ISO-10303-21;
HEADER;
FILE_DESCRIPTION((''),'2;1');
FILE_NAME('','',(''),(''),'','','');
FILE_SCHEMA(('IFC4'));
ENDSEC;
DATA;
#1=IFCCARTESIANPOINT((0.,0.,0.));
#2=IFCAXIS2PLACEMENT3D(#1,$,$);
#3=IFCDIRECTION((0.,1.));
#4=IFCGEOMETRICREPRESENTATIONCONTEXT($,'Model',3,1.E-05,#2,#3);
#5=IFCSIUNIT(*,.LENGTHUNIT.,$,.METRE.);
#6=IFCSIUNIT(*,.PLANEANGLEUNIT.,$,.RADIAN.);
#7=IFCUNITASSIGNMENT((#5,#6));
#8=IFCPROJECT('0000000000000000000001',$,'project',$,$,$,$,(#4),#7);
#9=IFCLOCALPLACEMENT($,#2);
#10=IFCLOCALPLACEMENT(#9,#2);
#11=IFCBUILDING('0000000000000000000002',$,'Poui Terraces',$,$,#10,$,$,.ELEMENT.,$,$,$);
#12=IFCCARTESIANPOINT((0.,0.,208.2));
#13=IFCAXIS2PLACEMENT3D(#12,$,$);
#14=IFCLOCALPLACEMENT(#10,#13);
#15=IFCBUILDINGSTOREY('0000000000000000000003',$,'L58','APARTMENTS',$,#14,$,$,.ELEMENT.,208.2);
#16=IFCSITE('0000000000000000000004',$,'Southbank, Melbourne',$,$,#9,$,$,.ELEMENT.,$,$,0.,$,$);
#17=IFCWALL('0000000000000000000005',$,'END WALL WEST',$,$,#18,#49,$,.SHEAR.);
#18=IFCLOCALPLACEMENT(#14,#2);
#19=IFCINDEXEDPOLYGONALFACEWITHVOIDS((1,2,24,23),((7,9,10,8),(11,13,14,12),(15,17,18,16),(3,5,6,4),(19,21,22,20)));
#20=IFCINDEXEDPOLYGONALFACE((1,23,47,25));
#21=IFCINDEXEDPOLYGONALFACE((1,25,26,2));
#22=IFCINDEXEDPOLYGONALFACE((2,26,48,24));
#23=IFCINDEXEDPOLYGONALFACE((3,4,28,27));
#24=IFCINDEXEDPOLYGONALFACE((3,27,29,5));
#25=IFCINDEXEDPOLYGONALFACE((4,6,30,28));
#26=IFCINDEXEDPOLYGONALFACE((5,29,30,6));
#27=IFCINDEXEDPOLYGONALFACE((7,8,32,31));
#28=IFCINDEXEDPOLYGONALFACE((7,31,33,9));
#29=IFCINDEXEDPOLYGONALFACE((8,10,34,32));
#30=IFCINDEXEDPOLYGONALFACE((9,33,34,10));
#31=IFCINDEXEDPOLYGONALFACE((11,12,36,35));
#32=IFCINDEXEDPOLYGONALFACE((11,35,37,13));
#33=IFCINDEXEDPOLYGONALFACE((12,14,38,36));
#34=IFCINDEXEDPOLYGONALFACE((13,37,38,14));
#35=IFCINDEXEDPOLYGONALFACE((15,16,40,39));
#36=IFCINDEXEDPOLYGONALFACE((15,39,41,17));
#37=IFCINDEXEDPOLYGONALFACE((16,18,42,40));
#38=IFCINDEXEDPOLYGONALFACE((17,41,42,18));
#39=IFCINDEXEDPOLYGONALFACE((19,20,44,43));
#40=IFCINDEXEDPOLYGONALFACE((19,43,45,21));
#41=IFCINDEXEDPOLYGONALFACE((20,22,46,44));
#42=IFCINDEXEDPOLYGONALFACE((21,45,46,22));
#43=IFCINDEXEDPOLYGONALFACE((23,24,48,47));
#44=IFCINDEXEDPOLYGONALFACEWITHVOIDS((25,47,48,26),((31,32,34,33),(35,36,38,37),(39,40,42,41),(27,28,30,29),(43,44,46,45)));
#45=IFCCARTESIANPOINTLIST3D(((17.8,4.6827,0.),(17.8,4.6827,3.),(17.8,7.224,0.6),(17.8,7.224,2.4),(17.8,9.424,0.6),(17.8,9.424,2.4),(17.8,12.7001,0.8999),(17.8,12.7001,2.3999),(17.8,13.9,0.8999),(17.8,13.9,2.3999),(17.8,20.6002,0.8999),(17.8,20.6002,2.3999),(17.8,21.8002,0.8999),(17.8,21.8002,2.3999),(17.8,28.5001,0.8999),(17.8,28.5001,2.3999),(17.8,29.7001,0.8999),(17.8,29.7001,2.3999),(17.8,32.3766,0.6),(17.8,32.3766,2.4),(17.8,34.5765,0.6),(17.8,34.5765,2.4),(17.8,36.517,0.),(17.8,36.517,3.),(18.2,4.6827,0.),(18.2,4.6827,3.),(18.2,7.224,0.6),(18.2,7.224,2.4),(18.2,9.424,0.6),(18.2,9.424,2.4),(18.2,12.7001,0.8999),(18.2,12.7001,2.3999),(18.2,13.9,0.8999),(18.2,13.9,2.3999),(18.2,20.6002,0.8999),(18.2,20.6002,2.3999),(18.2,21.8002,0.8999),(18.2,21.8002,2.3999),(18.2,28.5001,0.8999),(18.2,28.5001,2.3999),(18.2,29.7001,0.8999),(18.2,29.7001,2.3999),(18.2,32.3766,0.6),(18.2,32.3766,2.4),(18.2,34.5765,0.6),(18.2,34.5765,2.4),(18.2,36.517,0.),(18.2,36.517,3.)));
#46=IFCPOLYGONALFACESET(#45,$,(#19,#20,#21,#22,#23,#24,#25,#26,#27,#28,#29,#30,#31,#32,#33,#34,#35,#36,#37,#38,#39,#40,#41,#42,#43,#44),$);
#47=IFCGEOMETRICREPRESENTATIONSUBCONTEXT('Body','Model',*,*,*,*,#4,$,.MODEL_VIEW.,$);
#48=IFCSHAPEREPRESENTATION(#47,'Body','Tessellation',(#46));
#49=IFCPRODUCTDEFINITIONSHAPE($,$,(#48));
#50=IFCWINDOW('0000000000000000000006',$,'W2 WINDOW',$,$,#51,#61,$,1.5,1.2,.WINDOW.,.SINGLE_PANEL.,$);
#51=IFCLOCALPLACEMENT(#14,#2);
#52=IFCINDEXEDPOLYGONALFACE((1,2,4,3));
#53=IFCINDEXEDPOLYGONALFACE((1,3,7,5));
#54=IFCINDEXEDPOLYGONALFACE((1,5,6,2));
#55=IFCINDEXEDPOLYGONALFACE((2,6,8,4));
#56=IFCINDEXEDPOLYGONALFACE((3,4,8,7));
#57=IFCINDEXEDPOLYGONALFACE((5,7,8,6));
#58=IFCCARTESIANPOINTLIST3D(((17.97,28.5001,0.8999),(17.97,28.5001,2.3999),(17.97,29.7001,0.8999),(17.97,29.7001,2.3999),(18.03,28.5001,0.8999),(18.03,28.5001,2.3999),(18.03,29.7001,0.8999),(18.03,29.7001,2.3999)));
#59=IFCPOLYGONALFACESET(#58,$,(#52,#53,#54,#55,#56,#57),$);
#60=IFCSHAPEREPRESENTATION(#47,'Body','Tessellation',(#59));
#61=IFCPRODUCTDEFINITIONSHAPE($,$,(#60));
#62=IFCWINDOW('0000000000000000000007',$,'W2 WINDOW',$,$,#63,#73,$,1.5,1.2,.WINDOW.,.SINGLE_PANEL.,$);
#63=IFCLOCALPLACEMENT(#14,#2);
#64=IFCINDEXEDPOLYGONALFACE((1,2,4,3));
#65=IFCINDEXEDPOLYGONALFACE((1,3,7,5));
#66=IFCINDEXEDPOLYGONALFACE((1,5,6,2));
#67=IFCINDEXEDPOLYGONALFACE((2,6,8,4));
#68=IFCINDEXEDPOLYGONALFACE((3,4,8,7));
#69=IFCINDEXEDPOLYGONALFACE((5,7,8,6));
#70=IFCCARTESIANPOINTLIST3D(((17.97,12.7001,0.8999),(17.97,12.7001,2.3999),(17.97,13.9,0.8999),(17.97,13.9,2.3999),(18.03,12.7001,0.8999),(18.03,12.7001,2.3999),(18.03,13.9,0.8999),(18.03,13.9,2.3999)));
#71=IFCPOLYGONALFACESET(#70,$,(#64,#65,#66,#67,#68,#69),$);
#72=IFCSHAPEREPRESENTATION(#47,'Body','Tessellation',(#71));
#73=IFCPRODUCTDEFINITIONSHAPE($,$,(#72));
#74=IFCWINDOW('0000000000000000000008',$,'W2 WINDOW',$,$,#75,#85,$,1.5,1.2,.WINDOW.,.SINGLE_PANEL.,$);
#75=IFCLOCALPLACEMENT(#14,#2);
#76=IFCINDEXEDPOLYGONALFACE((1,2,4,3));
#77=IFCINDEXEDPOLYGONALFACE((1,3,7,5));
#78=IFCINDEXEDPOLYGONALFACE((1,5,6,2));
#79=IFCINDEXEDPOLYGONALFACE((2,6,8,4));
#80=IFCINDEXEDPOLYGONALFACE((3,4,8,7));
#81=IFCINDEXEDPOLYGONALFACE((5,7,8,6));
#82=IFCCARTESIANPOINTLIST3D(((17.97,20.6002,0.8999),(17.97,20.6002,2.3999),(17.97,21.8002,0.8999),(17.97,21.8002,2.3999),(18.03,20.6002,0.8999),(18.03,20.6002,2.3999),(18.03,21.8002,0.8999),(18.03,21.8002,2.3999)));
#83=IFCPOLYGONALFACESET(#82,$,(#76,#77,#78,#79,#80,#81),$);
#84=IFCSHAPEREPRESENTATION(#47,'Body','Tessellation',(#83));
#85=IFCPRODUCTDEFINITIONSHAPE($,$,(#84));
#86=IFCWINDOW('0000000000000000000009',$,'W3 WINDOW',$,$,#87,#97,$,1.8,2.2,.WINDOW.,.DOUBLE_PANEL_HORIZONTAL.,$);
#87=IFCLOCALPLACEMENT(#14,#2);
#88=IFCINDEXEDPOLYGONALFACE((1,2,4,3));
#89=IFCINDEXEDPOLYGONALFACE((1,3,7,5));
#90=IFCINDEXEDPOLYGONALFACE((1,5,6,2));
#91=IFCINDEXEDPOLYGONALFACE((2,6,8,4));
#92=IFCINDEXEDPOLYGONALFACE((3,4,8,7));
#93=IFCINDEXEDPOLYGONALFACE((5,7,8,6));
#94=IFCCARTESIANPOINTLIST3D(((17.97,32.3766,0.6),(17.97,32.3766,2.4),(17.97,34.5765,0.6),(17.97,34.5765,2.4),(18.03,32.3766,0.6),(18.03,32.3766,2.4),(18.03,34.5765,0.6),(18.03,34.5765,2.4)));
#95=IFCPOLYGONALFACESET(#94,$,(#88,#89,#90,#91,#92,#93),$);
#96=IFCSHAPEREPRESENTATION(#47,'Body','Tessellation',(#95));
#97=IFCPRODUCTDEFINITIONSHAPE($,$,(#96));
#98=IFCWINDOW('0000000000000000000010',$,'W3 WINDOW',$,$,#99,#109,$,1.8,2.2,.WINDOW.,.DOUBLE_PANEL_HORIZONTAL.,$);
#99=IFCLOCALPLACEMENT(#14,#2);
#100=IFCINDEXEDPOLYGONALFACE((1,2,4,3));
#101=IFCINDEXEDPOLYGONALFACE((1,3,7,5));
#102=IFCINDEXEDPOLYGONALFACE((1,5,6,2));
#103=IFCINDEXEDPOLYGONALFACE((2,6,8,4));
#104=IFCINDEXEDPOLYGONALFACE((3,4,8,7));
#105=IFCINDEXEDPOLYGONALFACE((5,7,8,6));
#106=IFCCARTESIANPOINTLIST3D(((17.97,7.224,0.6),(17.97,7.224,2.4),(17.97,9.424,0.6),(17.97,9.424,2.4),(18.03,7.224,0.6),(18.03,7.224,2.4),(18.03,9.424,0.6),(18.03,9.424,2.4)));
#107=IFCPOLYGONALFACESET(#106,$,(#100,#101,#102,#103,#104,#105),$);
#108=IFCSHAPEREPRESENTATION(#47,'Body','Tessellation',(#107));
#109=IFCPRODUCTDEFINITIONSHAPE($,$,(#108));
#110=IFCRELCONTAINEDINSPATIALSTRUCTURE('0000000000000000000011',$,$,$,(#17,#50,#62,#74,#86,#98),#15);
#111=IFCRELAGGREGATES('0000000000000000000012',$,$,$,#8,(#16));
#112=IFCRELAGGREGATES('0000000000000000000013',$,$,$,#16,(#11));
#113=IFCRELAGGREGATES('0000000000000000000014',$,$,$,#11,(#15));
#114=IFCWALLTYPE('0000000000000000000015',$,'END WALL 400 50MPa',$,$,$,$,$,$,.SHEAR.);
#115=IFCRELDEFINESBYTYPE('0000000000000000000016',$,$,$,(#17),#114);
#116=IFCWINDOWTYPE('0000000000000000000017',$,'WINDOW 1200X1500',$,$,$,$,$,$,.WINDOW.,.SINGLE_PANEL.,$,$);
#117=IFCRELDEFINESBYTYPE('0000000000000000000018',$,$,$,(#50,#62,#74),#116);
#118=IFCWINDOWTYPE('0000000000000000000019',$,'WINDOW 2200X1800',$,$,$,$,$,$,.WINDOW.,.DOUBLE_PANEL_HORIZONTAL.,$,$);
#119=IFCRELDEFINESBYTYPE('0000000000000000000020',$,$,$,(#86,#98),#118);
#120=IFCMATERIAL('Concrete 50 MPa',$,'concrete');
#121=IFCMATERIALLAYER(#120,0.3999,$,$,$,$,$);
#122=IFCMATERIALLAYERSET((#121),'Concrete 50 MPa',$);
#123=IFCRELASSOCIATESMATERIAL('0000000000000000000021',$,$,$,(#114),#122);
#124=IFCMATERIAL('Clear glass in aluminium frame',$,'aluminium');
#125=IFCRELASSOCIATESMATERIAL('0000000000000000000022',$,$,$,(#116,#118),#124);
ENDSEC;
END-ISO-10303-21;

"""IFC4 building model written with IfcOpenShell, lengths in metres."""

from ifc_helpers import new_model, si_unit, direction, frame, frame_2d, origin, place, context, subcontext, project, spatial, rectangle, extrude, material, layer, layer_set, type_object, element, fill, save


model = new_model("IFC4")

# Units and contexts
model_context = context("Model", 3, precision=1e-05, world=origin(), true_north=direction((0.0, 1.0)))
body_context = subcontext(model_context, "Body", "Model", "MODEL_VIEW")
ifc_project = project(units=[si_unit("LENGTHUNIT", "METRE"), si_unit("PLANEANGLEUNIT", "RADIAN")], contexts=[model_context])

# Site, building, storey
site_placement = place(None, origin())
site = spatial("IfcSite", under=ifc_project, at=site_placement, Name="Southbank, Melbourne", CompositionType="ELEMENT", RefElevation=0.0)
building_placement = place(site_placement, origin())
building = spatial("IfcBuilding", under=site, at=building_placement, Name="Poui Terraces", CompositionType="ELEMENT")
storey_placement = place(building_placement, frame((0.0, 0.0, 208.2)))
storey = spatial("IfcBuildingStorey", under=building, at=storey_placement, Name="L58", Description="APARTMENTS", CompositionType="ELEMENT", Elevation=208.2)

# Shared definitions
ifc_material_1 = material(Name="Concrete 50 MPa", Category="concrete")

# Wall, openings, windows
ifc_layer_1 = layer(ifc_material_1, 0.3999)
ifc_layer_set_1 = layer_set([ifc_layer_1], Name="Concrete 50 MPa")
wall_type_1 = type_object("IfcWallType", Name="END WALL 400 50MPa", PredefinedType="SHEAR", material=ifc_layer_set_1)
wall_1_placement = place(storey_placement, frame((18.0, 4.6829, 0.0), z_axis=(0.0, 0.0, 1.0), x_axis=(0.0, 1.0, 0.0)))
wall_1 = element("IfcWall", 1, at=wall_1_placement, inside=storey, type_object=wall_type_1, Name="END WALL WEST", PredefinedType="SHEAR", context=body_context, shape_type="SweptSolid", body=[
    extrude(rectangle(XDim=31.8342, YDim=0.3999, at=frame_2d((15.917, 0.0))), origin(), (0.0, 0.0, 1.0), 3.0),
])
opening_1_placement = place(wall_1_placement, frame((23.8171, 0.0, 0.8999)))
opening_1 = element("IfcOpeningElement", 2, at=opening_1_placement, cuts=wall_1, PredefinedType="OPENING", context=body_context, shape_type="SweptSolid", body=[
    extrude(rectangle(XDim=1.2, YDim=1.5, at=frame_2d((0.6001, 0.75))), frame((0.0, 0.21, 0.0), z_axis=(0.0, -1.0, 0.0), x_axis=(1.0, 0.0, 0.0)), (0.0, 0.0, 1.0), 0.4199),
])
opening_2_placement = place(wall_1_placement, frame((8.0171, 0.0, 0.8999)))
opening_2 = element("IfcOpeningElement", 3, at=opening_2_placement, cuts=wall_1, PredefinedType="OPENING", context=body_context, shape_type="SweptSolid", body=[
    extrude(rectangle(XDim=1.2, YDim=1.5, at=frame_2d((0.6001, 0.75))), frame((0.0, 0.21, 0.0), z_axis=(0.0, -1.0, 0.0), x_axis=(1.0, 0.0, 0.0)), (0.0, 0.0, 1.0), 0.4199),
])
opening_3_placement = place(wall_1_placement, frame((27.6936, 0.0, 0.6001)))
opening_3 = element("IfcOpeningElement", 4, at=opening_3_placement, cuts=wall_1, PredefinedType="OPENING", context=body_context, shape_type="SweptSolid", body=[
    extrude(rectangle(XDim=2.2, YDim=1.8, at=frame_2d((1.1001, 0.8999))), frame((0.0, 0.21, 0.0), z_axis=(0.0, -1.0, 0.0), x_axis=(1.0, 0.0, 0.0)), (0.0, 0.0, 1.0), 0.4199),
])
opening_4_placement = place(wall_1_placement, frame((2.541, 0.0, 0.6001)))
opening_4 = element("IfcOpeningElement", 5, at=opening_4_placement, cuts=wall_1, PredefinedType="OPENING", context=body_context, shape_type="SweptSolid", body=[
    extrude(rectangle(XDim=2.2, YDim=1.8, at=frame_2d((1.1001, 0.8999))), frame((0.0, 0.21, 0.0), z_axis=(0.0, -1.0, 0.0), x_axis=(1.0, 0.0, 0.0)), (0.0, 0.0, 1.0), 0.4199),
])
opening_5_placement = place(wall_1_placement, frame((15.9172, 0.0, 0.8999)))
opening_5 = element("IfcOpeningElement", 6, at=opening_5_placement, cuts=wall_1, PredefinedType="OPENING", context=body_context, shape_type="SweptSolid", body=[
    extrude(rectangle(XDim=1.2, YDim=1.5, at=frame_2d((0.6001, 0.75))), frame((0.0, 0.21, 0.0), z_axis=(0.0, -1.0, 0.0), x_axis=(1.0, 0.0, 0.0)), (0.0, 0.0, 1.0), 0.4199),
])
ifc_material_2 = material(Name="Clear glass in aluminium frame", Category="aluminium")
window_type_1 = type_object("IfcWindowType", Name="WINDOW 1200X1500", PartitioningType="SINGLE_PANEL", PredefinedType="WINDOW", material=ifc_material_2)
window_1_placement = place(opening_1_placement, origin())
window_1 = element("IfcWindow", 7, at=window_1_placement, inside=storey, type_object=window_type_1, Name="W2 WINDOW", OverallHeight=1.5, OverallWidth=1.2, PartitioningType="SINGLE_PANEL", PredefinedType="WINDOW", context=body_context, shape_type="SweptSolid", body=[
    extrude(rectangle(XDim=1.2, YDim=1.5, at=frame_2d((0.6001, 0.75))), frame((0.0, 0.03, 0.0), z_axis=(0.0, -1.0, 0.0), x_axis=(1.0, 0.0, 0.0)), (0.0, 0.0, 1.0), 0.0601),
])
fill(opening_1, window_1)
window_2_placement = place(opening_2_placement, origin())
window_2 = element("IfcWindow", 8, at=window_2_placement, inside=storey, type_object=window_type_1, Name="W2 WINDOW", OverallHeight=1.5, OverallWidth=1.2, PartitioningType="SINGLE_PANEL", PredefinedType="WINDOW", context=body_context, shape_type="SweptSolid", body=[
    extrude(rectangle(XDim=1.2, YDim=1.5, at=frame_2d((0.6001, 0.75))), frame((0.0, 0.03, 0.0), z_axis=(0.0, -1.0, 0.0), x_axis=(1.0, 0.0, 0.0)), (0.0, 0.0, 1.0), 0.0601),
])
fill(opening_2, window_2)
window_3_placement = place(opening_5_placement, origin())
window_3 = element("IfcWindow", 9, at=window_3_placement, inside=storey, type_object=window_type_1, Name="W2 WINDOW", OverallHeight=1.5, OverallWidth=1.2, PartitioningType="SINGLE_PANEL", PredefinedType="WINDOW", context=body_context, shape_type="SweptSolid", body=[
    extrude(rectangle(XDim=1.2, YDim=1.5, at=frame_2d((0.6001, 0.75))), frame((0.0, 0.03, 0.0), z_axis=(0.0, -1.0, 0.0), x_axis=(1.0, 0.0, 0.0)), (0.0, 0.0, 1.0), 0.0601),
])
fill(opening_5, window_3)
window_type_2 = type_object("IfcWindowType", Name="WINDOW 2200X1800", PartitioningType="DOUBLE_PANEL_HORIZONTAL", PredefinedType="WINDOW", material=ifc_material_2)
window_4_placement = place(opening_3_placement, origin())
window_4 = element("IfcWindow", 10, at=window_4_placement, inside=storey, type_object=window_type_2, Name="W3 WINDOW", OverallHeight=1.8, OverallWidth=2.2, PartitioningType="DOUBLE_PANEL_HORIZONTAL", PredefinedType="WINDOW", context=body_context, shape_type="SweptSolid", body=[
    extrude(rectangle(XDim=2.2, YDim=1.8, at=frame_2d((1.1001, 0.8999))), frame((0.0, 0.03, 0.0), z_axis=(0.0, -1.0, 0.0), x_axis=(1.0, 0.0, 0.0)), (0.0, 0.0, 1.0), 0.0601),
])
fill(opening_3, window_4)
window_5_placement = place(opening_4_placement, origin())
window_5 = element("IfcWindow", 11, at=window_5_placement, inside=storey, type_object=window_type_2, Name="W3 WINDOW", OverallHeight=1.8, OverallWidth=2.2, PartitioningType="DOUBLE_PANEL_HORIZONTAL", PredefinedType="WINDOW", context=body_context, shape_type="SweptSolid", body=[
    extrude(rectangle(XDim=2.2, YDim=1.8, at=frame_2d((1.1001, 0.8999))), frame((0.0, 0.03, 0.0), z_axis=(0.0, -1.0, 0.0), x_axis=(1.0, 0.0, 0.0)), (0.0, 0.0, 1.0), 0.0601),
])
fill(opening_4, window_5)

save(model, "model.ifc")
